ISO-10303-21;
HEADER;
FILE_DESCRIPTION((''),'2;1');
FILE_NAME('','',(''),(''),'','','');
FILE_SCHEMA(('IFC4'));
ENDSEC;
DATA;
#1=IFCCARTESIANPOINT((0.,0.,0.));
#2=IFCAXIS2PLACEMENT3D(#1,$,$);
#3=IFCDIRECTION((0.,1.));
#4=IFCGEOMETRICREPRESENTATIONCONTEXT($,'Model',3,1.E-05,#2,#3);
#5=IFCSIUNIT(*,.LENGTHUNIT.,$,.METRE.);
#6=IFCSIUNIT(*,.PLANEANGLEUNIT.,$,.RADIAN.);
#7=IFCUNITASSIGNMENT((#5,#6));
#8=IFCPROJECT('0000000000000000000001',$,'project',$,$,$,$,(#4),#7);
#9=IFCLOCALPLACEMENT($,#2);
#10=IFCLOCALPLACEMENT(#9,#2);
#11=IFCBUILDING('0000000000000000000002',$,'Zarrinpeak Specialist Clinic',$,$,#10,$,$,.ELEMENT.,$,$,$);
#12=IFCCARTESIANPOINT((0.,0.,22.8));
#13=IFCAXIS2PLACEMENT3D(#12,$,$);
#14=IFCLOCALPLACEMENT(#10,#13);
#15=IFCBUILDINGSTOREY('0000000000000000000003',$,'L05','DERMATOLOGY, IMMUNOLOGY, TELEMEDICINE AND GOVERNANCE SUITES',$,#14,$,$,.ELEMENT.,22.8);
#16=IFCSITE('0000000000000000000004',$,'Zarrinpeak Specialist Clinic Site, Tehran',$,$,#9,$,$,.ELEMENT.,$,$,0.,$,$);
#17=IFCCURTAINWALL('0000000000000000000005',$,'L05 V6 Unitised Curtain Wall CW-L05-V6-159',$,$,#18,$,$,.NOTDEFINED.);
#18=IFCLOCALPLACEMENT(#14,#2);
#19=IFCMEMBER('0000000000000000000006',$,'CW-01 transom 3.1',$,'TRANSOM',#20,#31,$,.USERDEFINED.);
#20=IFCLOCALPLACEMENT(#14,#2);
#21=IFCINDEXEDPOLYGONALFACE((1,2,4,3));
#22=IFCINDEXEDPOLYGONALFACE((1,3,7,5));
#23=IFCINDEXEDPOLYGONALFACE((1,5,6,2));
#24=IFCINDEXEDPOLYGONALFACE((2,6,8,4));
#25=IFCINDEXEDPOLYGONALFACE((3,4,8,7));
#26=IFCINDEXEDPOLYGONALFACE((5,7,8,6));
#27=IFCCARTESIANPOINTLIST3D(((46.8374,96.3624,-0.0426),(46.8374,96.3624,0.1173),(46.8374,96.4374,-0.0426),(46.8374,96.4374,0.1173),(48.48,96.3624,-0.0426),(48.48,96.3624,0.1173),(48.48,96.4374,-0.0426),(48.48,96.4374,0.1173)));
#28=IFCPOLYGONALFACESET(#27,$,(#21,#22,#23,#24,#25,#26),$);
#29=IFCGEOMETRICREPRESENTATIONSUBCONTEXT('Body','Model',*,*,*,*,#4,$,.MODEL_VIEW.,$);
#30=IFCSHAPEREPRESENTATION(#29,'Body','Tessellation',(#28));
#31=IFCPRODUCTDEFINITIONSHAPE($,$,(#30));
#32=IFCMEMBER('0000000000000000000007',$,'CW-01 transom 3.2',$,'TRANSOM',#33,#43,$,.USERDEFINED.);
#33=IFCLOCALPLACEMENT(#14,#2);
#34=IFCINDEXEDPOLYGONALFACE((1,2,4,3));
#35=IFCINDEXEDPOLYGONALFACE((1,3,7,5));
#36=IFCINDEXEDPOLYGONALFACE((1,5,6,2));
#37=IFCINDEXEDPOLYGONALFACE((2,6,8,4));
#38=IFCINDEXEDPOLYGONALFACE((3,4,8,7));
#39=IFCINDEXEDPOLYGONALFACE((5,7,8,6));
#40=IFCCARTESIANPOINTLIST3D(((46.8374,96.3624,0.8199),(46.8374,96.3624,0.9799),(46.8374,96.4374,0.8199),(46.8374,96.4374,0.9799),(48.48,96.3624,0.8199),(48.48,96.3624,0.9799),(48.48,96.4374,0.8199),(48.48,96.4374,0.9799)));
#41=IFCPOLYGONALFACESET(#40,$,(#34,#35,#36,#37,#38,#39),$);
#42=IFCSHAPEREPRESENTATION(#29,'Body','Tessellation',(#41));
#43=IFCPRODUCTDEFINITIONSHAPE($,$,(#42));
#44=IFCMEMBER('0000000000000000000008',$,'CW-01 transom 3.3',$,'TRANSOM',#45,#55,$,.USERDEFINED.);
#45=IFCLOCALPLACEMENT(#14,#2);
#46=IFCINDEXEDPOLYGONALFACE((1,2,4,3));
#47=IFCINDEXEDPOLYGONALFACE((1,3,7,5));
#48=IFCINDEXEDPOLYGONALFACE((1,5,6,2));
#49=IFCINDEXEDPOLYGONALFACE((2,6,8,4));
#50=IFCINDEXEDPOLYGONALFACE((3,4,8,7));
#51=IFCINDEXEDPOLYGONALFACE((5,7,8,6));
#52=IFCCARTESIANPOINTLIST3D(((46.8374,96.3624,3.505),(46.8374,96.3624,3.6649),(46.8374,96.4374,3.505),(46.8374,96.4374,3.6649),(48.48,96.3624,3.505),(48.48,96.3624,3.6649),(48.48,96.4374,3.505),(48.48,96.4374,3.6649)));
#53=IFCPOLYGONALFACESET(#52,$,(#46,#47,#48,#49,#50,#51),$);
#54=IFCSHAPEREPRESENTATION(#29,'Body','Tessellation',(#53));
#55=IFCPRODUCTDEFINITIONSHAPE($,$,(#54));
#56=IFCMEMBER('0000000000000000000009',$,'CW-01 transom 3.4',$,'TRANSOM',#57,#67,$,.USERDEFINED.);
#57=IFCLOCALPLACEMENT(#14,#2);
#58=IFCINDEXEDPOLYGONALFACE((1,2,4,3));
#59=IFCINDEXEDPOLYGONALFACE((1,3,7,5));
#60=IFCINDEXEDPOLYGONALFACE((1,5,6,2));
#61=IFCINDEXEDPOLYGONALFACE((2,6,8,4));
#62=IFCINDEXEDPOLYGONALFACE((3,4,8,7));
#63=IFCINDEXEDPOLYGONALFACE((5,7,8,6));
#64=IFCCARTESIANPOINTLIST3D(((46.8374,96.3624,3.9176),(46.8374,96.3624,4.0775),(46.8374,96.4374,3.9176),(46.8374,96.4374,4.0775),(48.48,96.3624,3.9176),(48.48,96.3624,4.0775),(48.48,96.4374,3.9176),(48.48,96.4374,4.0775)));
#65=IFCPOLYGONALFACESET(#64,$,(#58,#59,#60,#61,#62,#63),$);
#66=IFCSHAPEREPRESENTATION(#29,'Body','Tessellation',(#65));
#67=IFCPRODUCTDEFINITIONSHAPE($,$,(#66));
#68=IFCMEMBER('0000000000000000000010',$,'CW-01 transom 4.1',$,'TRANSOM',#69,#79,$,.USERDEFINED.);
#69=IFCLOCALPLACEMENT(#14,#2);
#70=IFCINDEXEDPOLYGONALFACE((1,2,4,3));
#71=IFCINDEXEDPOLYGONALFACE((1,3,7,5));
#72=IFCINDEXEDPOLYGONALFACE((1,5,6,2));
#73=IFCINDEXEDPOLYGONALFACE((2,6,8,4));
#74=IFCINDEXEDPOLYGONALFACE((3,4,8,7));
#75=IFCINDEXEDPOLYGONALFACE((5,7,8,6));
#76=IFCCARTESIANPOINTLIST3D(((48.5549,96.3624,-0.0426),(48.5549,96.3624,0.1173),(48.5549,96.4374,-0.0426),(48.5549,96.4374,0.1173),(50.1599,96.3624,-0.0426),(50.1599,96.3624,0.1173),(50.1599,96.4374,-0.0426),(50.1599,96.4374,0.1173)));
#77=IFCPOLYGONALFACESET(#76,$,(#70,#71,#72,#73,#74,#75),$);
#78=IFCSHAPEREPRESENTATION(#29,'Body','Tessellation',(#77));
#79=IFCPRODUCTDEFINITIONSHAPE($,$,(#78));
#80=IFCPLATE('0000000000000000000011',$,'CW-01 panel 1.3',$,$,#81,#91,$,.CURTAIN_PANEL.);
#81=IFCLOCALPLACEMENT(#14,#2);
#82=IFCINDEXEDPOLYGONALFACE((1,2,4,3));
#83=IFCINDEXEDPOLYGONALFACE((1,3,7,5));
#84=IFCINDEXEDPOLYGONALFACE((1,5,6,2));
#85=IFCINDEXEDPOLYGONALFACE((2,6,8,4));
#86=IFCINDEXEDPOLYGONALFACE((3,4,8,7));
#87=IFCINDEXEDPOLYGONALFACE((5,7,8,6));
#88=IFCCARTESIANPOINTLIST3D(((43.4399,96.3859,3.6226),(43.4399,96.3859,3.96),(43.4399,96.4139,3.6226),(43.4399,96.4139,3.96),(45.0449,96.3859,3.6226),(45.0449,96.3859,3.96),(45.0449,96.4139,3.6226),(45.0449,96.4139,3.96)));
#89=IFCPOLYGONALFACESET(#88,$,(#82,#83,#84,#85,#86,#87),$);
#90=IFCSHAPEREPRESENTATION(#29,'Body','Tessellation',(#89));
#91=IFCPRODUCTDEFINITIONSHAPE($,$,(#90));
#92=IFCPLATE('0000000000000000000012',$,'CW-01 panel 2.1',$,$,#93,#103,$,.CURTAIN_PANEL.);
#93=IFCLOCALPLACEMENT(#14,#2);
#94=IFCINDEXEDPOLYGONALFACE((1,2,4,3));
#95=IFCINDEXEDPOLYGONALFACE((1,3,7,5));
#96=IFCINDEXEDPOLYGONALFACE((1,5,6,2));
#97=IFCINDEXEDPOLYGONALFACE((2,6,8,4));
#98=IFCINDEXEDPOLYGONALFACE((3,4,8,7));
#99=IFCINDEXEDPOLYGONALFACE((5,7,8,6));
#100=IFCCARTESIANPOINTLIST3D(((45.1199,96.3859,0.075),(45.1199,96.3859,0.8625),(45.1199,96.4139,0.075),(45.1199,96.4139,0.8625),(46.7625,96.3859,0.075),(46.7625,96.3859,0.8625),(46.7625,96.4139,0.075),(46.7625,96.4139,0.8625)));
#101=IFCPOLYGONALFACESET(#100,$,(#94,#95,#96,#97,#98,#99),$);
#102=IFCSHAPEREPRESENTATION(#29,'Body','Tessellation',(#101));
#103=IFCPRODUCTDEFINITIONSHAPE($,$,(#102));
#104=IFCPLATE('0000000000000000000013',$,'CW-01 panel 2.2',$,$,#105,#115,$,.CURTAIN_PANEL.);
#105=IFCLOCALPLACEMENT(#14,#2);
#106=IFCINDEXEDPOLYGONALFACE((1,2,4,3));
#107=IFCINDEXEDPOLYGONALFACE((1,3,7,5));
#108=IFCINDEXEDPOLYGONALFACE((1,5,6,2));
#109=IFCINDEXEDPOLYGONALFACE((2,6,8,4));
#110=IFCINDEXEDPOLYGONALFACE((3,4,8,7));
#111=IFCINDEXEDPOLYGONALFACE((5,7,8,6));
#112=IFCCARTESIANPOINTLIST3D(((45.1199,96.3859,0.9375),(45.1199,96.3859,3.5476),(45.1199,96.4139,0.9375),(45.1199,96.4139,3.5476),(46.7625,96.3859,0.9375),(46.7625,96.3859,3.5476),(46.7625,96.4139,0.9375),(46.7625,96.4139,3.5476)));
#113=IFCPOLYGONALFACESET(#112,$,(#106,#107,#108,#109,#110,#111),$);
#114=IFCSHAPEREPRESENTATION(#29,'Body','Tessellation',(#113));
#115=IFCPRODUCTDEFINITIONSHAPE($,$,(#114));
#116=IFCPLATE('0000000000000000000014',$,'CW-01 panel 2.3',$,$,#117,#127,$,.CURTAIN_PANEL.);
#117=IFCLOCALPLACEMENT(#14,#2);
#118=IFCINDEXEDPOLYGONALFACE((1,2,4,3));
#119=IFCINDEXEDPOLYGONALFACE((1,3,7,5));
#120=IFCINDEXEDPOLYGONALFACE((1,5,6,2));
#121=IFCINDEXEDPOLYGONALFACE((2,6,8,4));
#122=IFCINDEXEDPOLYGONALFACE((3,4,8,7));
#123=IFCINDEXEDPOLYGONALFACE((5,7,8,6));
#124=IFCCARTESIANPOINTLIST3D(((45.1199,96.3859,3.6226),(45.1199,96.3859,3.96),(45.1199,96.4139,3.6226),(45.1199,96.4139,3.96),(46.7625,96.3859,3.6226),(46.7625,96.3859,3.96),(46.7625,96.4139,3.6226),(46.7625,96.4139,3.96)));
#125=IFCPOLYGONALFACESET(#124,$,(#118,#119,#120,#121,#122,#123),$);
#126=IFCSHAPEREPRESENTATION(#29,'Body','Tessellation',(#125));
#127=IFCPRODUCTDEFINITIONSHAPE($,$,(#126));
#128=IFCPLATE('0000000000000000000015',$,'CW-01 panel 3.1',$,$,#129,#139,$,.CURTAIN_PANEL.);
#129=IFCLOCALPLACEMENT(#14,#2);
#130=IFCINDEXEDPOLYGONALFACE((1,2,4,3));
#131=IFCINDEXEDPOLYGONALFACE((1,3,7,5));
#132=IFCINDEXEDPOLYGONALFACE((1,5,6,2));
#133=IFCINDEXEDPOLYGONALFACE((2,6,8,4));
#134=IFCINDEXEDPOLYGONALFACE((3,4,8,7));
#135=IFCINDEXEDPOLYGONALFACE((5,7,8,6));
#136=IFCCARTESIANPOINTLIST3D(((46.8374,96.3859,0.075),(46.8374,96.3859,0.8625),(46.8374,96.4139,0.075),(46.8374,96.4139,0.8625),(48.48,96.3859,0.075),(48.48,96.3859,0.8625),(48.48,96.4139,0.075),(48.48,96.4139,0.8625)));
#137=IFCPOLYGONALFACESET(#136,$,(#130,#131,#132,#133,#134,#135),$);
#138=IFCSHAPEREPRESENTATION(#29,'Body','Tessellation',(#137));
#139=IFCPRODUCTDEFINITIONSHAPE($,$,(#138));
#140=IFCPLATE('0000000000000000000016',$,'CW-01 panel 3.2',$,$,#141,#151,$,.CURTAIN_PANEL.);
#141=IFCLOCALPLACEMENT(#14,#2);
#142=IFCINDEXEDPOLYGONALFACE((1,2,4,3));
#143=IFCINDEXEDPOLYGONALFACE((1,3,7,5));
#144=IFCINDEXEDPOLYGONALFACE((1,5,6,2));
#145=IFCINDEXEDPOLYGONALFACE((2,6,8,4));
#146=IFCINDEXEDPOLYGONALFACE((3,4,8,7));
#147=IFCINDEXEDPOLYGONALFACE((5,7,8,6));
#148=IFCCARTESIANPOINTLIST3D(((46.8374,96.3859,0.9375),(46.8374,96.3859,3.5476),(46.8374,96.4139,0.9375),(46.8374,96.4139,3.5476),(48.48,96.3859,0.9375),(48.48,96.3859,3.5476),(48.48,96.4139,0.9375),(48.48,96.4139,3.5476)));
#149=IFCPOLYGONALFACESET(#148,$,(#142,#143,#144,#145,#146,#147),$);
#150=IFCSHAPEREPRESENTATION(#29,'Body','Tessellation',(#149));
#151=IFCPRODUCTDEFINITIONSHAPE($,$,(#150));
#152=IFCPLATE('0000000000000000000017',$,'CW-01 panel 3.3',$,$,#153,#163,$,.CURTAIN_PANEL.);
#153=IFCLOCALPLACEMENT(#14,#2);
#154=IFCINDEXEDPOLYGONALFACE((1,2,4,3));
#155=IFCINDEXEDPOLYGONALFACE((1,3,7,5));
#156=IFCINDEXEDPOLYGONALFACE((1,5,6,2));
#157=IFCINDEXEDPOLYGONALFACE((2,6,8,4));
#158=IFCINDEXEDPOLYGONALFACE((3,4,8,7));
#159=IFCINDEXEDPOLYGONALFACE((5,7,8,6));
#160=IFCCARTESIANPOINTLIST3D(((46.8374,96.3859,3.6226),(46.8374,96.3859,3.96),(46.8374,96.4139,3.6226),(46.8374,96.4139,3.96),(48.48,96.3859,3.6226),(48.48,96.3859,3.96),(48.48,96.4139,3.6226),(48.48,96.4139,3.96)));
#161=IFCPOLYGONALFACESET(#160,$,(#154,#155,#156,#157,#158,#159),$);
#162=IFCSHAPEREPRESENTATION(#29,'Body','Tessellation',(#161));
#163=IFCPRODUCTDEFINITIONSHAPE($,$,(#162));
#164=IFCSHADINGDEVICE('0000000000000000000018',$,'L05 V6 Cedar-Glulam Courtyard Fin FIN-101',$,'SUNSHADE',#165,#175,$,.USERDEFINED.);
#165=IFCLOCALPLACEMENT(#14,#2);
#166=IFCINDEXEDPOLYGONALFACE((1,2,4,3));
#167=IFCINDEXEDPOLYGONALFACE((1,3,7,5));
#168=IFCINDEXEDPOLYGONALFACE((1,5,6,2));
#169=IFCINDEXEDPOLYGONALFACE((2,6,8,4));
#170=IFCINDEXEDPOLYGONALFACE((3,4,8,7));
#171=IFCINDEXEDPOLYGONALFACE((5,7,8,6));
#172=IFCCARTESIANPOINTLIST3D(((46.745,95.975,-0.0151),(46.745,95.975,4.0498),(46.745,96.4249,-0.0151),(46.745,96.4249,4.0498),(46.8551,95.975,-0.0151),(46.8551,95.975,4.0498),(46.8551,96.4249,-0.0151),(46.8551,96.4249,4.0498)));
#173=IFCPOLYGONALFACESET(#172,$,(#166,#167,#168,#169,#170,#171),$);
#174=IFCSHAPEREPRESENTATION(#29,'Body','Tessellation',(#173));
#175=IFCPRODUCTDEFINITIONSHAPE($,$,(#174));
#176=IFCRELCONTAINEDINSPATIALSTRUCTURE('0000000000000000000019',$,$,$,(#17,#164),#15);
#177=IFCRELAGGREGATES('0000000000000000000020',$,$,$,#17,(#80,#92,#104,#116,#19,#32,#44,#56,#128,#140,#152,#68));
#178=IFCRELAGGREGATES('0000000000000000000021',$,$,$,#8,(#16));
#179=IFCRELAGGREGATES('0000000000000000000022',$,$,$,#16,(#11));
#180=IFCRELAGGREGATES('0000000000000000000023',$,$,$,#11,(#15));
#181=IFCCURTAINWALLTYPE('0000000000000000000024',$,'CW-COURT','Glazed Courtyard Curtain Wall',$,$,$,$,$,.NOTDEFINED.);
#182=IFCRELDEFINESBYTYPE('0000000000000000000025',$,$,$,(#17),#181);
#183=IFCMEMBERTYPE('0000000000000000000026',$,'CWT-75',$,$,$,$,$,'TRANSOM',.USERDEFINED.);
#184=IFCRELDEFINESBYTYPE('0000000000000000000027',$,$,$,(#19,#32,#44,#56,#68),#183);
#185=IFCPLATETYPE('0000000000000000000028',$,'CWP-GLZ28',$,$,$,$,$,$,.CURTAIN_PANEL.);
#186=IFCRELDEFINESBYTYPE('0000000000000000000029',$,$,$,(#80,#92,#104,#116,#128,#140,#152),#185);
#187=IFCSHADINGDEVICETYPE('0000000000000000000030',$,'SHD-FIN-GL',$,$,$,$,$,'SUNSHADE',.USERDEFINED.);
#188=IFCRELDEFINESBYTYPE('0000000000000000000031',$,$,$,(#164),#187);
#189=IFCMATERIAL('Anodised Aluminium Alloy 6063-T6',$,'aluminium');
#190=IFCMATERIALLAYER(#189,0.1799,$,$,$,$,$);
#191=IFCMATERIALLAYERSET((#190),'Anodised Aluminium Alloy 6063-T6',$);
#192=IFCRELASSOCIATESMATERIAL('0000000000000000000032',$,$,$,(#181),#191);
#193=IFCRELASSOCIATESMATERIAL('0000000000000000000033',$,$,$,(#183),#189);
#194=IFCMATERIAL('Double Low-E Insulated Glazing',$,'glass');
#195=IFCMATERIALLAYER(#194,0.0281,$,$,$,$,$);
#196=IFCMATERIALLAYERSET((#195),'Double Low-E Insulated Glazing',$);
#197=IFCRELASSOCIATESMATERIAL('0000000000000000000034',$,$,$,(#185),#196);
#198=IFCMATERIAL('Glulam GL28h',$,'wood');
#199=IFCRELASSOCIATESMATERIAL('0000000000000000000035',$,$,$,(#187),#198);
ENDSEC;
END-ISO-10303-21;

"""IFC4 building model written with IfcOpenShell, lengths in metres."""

from ifc_helpers import new_model, si_unit, direction, frame, origin, origin_2d, place, context, subcontext, project, spatial, rectangle, extrude, material, layer, layer_set, material_profile, profile_set, type_object, element, aggregate, save


model = new_model("IFC4")

# Units and contexts
model_context = context("Model", 3, precision=1e-05, world=origin(), true_north=direction((0.0, 1.0)))
body_context = subcontext(model_context, "Body", "Model", "MODEL_VIEW")
ifc_project = project(units=[si_unit("LENGTHUNIT", "METRE"), si_unit("PLANEANGLEUNIT", "RADIAN")], contexts=[model_context])

# Site, building, storey
site_placement = place(None, origin())
site = spatial("IfcSite", under=ifc_project, at=site_placement, Name="Zarrinpeak Specialist Clinic Site, Tehran", CompositionType="ELEMENT", RefElevation=0.0)
building_placement = place(site_placement, origin())
building = spatial("IfcBuilding", under=site, at=building_placement, Name="Zarrinpeak Specialist Clinic", CompositionType="ELEMENT")
storey_placement = place(building_placement, frame((0.0, 0.0, 22.8)))
storey = spatial("IfcBuildingStorey", under=building, at=storey_placement, Name="L05", Description="DERMATOLOGY, IMMUNOLOGY, TELEMEDICINE AND GOVERNANCE SUITES", CompositionType="ELEMENT", Elevation=22.8)

# Curtain wall, members, plates
ifc_material_1 = material(Name="Anodised Aluminium Alloy 6063-T6", Category="aluminium")
ifc_layer_1 = layer(ifc_material_1, 0.1799)
ifc_layer_set_1 = layer_set([ifc_layer_1], Name="Anodised Aluminium Alloy 6063-T6")
curtain_wall_type = type_object("IfcCurtainWallType", Name="CW-COURT", Description="Glazed Courtyard Curtain Wall", PredefinedType="NOTDEFINED", material=ifc_layer_set_1)
curtain_wall_placement = place(storey_placement, origin())
curtain_wall = element("IfcCurtainWall", 1, at=curtain_wall_placement, inside=storey, type_object=curtain_wall_type, Name="L05 V6 Unitised Curtain Wall CW-L05-V6-159", PredefinedType="NOTDEFINED")
ifc_material_profile_1 = material_profile(ifc_material_1, rectangle(XDim=0.075, YDim=0.1599, at=origin_2d()), Name="ALU 75x160")
ifc_profile_set_1 = profile_set([ifc_material_profile_1], Name="Anodised Aluminium Alloy 6063-T6")
member_type_1 = type_object("IfcMemberType", Name="CWT-75", ElementType="TRANSOM", PredefinedType="USERDEFINED", material=ifc_profile_set_1)
member_1_placement = place(storey_placement, frame((46.8374, 96.3999, 0.0374), z_axis=(1.0, 0.0, 0.0), x_axis=(0.0, 1.0, 0.0)))
member_1 = element("IfcMember", 2, at=member_1_placement, type_object=member_type_1, Name="CW-01 transom 3.1", ObjectType="TRANSOM", PredefinedType="USERDEFINED", context=body_context, shape_type="SweptSolid", body=[
    extrude(rectangle(XDim=0.075, YDim=0.1599, at=origin_2d()), origin(), (0.0, 0.0, 1.0), 1.6426),
])
member_2_placement = place(storey_placement, frame((46.8374, 96.3999, 0.8999), z_axis=(1.0, 0.0, 0.0), x_axis=(0.0, 1.0, 0.0)))
member_2 = element("IfcMember", 3, at=member_2_placement, type_object=member_type_1, Name="CW-01 transom 3.2", ObjectType="TRANSOM", PredefinedType="USERDEFINED", context=body_context, shape_type="SweptSolid", body=[
    extrude(rectangle(XDim=0.075, YDim=0.1599, at=origin_2d()), origin(), (0.0, 0.0, 1.0), 1.6426),
])
member_3_placement = place(storey_placement, frame((46.8374, 96.3999, 3.585), z_axis=(1.0, 0.0, 0.0), x_axis=(0.0, 1.0, 0.0)))
member_3 = element("IfcMember", 4, at=member_3_placement, type_object=member_type_1, Name="CW-01 transom 3.3", ObjectType="TRANSOM", PredefinedType="USERDEFINED", context=body_context, shape_type="SweptSolid", body=[
    extrude(rectangle(XDim=0.075, YDim=0.1599, at=origin_2d()), origin(), (0.0, 0.0, 1.0), 1.6426),
])
member_4_placement = place(storey_placement, frame((46.8374, 96.3999, 3.9976), z_axis=(1.0, 0.0, 0.0), x_axis=(0.0, 1.0, 0.0)))
member_4 = element("IfcMember", 5, at=member_4_placement, type_object=member_type_1, Name="CW-01 transom 3.4", ObjectType="TRANSOM", PredefinedType="USERDEFINED", context=body_context, shape_type="SweptSolid", body=[
    extrude(rectangle(XDim=0.075, YDim=0.1599, at=origin_2d()), origin(), (0.0, 0.0, 1.0), 1.6426),
])
member_5_placement = place(storey_placement, frame((48.5549, 96.3999, 0.0374), z_axis=(1.0, 0.0, 0.0), x_axis=(0.0, 1.0, 0.0)))
member_5 = element("IfcMember", 6, at=member_5_placement, type_object=member_type_1, Name="CW-01 transom 4.1", ObjectType="TRANSOM", PredefinedType="USERDEFINED", context=body_context, shape_type="SweptSolid", body=[
    extrude(rectangle(XDim=0.075, YDim=0.1599, at=origin_2d()), origin(), (0.0, 0.0, 1.0), 1.605),
])
ifc_material_2 = material(Name="Double Low-E Insulated Glazing", Category="glass")
ifc_layer_2 = layer(ifc_material_2, 0.0281)
ifc_layer_set_2 = layer_set([ifc_layer_2], Name="Double Low-E Insulated Glazing")
plate_type = type_object("IfcPlateType", Name="CWP-GLZ28", PredefinedType="CURTAIN_PANEL", material=ifc_layer_set_2)
plate_1_placement = place(storey_placement, frame((44.2424, 96.3999, 3.6226), z_axis=(0.0, 0.0, 1.0), x_axis=(1.0, 0.0, 0.0)))
plate_1 = element("IfcPlate", 7, at=plate_1_placement, type_object=plate_type, Name="CW-01 panel 1.3", PredefinedType="CURTAIN_PANEL", context=body_context, shape_type="SweptSolid", body=[
    extrude(rectangle(XDim=1.605, YDim=0.0281, at=origin_2d()), origin(), (0.0, 0.0, 1.0), 0.3374),
])
plate_2_placement = place(storey_placement, frame((45.9412, 96.3999, 0.075), z_axis=(0.0, 0.0, 1.0), x_axis=(1.0, 0.0, 0.0)))
plate_2 = element("IfcPlate", 8, at=plate_2_placement, type_object=plate_type, Name="CW-01 panel 2.1", PredefinedType="CURTAIN_PANEL", context=body_context, shape_type="SweptSolid", body=[
    extrude(rectangle(XDim=1.6426, YDim=0.0281, at=origin_2d()), origin(), (0.0, 0.0, 1.0), 0.7876),
])
plate_3_placement = place(storey_placement, frame((45.9412, 96.3999, 0.9375), z_axis=(0.0, 0.0, 1.0), x_axis=(1.0, 0.0, 0.0)))
plate_3 = element("IfcPlate", 9, at=plate_3_placement, type_object=plate_type, Name="CW-01 panel 2.2", PredefinedType="CURTAIN_PANEL", context=body_context, shape_type="SweptSolid", body=[
    extrude(rectangle(XDim=1.6426, YDim=0.0281, at=origin_2d()), origin(), (0.0, 0.0, 1.0), 2.6101),
])
plate_4_placement = place(storey_placement, frame((45.9412, 96.3999, 3.6226), z_axis=(0.0, 0.0, 1.0), x_axis=(1.0, 0.0, 0.0)))
plate_4 = element("IfcPlate", 10, at=plate_4_placement, type_object=plate_type, Name="CW-01 panel 2.3", PredefinedType="CURTAIN_PANEL", context=body_context, shape_type="SweptSolid", body=[
    extrude(rectangle(XDim=1.6426, YDim=0.0281, at=origin_2d()), origin(), (0.0, 0.0, 1.0), 0.3374),
])
plate_5_placement = place(storey_placement, frame((47.6587, 96.3999, 0.075), z_axis=(0.0, 0.0, 1.0), x_axis=(1.0, 0.0, 0.0)))
plate_5 = element("IfcPlate", 11, at=plate_5_placement, type_object=plate_type, Name="CW-01 panel 3.1", PredefinedType="CURTAIN_PANEL", context=body_context, shape_type="SweptSolid", body=[
    extrude(rectangle(XDim=1.6426, YDim=0.0281, at=origin_2d()), origin(), (0.0, 0.0, 1.0), 0.7876),
])
plate_6_placement = place(storey_placement, frame((47.6587, 96.3999, 0.9375), z_axis=(0.0, 0.0, 1.0), x_axis=(1.0, 0.0, 0.0)))
plate_6 = element("IfcPlate", 12, at=plate_6_placement, type_object=plate_type, Name="CW-01 panel 3.2", PredefinedType="CURTAIN_PANEL", context=body_context, shape_type="SweptSolid", body=[
    extrude(rectangle(XDim=1.6426, YDim=0.0281, at=origin_2d()), origin(), (0.0, 0.0, 1.0), 2.6101),
])
plate_7_placement = place(storey_placement, frame((47.6587, 96.3999, 3.6226), z_axis=(0.0, 0.0, 1.0), x_axis=(1.0, 0.0, 0.0)))
plate_7 = element("IfcPlate", 13, at=plate_7_placement, type_object=plate_type, Name="CW-01 panel 3.3", PredefinedType="CURTAIN_PANEL", context=body_context, shape_type="SweptSolid", body=[
    extrude(rectangle(XDim=1.6426, YDim=0.0281, at=origin_2d()), origin(), (0.0, 0.0, 1.0), 0.3374),
])
aggregate(curtain_wall, [plate_1, plate_2, plate_3, plate_4, member_1, member_2, member_3, member_4, plate_5, plate_6, plate_7, member_5])

# Shading device
ifc_material_3 = material(Name="Glulam GL28h", Category="wood")
shading_device_type = type_object("IfcShadingDeviceType", Name="SHD-FIN-GL", ElementType="SUNSHADE", PredefinedType="USERDEFINED", material=ifc_material_3)
shading_device_placement = place(storey_placement, frame((46.8, 96.2, -0.0151), z_axis=(0.0, 0.0, 1.0), x_axis=(1.0, 0.0, 0.0)))
element("IfcShadingDevice", 14, at=shading_device_placement, inside=storey, type_object=shading_device_type, Name="L05 V6 Cedar-Glulam Courtyard Fin FIN-101", ObjectType="SUNSHADE", PredefinedType="USERDEFINED", context=body_context, shape_type="SweptSolid", body=[
    extrude(rectangle(XDim=0.1101, YDim=0.45, at=origin_2d()), origin(), (0.0, 0.0, 1.0), 4.0649),
])

save(model, "model.ifc")
